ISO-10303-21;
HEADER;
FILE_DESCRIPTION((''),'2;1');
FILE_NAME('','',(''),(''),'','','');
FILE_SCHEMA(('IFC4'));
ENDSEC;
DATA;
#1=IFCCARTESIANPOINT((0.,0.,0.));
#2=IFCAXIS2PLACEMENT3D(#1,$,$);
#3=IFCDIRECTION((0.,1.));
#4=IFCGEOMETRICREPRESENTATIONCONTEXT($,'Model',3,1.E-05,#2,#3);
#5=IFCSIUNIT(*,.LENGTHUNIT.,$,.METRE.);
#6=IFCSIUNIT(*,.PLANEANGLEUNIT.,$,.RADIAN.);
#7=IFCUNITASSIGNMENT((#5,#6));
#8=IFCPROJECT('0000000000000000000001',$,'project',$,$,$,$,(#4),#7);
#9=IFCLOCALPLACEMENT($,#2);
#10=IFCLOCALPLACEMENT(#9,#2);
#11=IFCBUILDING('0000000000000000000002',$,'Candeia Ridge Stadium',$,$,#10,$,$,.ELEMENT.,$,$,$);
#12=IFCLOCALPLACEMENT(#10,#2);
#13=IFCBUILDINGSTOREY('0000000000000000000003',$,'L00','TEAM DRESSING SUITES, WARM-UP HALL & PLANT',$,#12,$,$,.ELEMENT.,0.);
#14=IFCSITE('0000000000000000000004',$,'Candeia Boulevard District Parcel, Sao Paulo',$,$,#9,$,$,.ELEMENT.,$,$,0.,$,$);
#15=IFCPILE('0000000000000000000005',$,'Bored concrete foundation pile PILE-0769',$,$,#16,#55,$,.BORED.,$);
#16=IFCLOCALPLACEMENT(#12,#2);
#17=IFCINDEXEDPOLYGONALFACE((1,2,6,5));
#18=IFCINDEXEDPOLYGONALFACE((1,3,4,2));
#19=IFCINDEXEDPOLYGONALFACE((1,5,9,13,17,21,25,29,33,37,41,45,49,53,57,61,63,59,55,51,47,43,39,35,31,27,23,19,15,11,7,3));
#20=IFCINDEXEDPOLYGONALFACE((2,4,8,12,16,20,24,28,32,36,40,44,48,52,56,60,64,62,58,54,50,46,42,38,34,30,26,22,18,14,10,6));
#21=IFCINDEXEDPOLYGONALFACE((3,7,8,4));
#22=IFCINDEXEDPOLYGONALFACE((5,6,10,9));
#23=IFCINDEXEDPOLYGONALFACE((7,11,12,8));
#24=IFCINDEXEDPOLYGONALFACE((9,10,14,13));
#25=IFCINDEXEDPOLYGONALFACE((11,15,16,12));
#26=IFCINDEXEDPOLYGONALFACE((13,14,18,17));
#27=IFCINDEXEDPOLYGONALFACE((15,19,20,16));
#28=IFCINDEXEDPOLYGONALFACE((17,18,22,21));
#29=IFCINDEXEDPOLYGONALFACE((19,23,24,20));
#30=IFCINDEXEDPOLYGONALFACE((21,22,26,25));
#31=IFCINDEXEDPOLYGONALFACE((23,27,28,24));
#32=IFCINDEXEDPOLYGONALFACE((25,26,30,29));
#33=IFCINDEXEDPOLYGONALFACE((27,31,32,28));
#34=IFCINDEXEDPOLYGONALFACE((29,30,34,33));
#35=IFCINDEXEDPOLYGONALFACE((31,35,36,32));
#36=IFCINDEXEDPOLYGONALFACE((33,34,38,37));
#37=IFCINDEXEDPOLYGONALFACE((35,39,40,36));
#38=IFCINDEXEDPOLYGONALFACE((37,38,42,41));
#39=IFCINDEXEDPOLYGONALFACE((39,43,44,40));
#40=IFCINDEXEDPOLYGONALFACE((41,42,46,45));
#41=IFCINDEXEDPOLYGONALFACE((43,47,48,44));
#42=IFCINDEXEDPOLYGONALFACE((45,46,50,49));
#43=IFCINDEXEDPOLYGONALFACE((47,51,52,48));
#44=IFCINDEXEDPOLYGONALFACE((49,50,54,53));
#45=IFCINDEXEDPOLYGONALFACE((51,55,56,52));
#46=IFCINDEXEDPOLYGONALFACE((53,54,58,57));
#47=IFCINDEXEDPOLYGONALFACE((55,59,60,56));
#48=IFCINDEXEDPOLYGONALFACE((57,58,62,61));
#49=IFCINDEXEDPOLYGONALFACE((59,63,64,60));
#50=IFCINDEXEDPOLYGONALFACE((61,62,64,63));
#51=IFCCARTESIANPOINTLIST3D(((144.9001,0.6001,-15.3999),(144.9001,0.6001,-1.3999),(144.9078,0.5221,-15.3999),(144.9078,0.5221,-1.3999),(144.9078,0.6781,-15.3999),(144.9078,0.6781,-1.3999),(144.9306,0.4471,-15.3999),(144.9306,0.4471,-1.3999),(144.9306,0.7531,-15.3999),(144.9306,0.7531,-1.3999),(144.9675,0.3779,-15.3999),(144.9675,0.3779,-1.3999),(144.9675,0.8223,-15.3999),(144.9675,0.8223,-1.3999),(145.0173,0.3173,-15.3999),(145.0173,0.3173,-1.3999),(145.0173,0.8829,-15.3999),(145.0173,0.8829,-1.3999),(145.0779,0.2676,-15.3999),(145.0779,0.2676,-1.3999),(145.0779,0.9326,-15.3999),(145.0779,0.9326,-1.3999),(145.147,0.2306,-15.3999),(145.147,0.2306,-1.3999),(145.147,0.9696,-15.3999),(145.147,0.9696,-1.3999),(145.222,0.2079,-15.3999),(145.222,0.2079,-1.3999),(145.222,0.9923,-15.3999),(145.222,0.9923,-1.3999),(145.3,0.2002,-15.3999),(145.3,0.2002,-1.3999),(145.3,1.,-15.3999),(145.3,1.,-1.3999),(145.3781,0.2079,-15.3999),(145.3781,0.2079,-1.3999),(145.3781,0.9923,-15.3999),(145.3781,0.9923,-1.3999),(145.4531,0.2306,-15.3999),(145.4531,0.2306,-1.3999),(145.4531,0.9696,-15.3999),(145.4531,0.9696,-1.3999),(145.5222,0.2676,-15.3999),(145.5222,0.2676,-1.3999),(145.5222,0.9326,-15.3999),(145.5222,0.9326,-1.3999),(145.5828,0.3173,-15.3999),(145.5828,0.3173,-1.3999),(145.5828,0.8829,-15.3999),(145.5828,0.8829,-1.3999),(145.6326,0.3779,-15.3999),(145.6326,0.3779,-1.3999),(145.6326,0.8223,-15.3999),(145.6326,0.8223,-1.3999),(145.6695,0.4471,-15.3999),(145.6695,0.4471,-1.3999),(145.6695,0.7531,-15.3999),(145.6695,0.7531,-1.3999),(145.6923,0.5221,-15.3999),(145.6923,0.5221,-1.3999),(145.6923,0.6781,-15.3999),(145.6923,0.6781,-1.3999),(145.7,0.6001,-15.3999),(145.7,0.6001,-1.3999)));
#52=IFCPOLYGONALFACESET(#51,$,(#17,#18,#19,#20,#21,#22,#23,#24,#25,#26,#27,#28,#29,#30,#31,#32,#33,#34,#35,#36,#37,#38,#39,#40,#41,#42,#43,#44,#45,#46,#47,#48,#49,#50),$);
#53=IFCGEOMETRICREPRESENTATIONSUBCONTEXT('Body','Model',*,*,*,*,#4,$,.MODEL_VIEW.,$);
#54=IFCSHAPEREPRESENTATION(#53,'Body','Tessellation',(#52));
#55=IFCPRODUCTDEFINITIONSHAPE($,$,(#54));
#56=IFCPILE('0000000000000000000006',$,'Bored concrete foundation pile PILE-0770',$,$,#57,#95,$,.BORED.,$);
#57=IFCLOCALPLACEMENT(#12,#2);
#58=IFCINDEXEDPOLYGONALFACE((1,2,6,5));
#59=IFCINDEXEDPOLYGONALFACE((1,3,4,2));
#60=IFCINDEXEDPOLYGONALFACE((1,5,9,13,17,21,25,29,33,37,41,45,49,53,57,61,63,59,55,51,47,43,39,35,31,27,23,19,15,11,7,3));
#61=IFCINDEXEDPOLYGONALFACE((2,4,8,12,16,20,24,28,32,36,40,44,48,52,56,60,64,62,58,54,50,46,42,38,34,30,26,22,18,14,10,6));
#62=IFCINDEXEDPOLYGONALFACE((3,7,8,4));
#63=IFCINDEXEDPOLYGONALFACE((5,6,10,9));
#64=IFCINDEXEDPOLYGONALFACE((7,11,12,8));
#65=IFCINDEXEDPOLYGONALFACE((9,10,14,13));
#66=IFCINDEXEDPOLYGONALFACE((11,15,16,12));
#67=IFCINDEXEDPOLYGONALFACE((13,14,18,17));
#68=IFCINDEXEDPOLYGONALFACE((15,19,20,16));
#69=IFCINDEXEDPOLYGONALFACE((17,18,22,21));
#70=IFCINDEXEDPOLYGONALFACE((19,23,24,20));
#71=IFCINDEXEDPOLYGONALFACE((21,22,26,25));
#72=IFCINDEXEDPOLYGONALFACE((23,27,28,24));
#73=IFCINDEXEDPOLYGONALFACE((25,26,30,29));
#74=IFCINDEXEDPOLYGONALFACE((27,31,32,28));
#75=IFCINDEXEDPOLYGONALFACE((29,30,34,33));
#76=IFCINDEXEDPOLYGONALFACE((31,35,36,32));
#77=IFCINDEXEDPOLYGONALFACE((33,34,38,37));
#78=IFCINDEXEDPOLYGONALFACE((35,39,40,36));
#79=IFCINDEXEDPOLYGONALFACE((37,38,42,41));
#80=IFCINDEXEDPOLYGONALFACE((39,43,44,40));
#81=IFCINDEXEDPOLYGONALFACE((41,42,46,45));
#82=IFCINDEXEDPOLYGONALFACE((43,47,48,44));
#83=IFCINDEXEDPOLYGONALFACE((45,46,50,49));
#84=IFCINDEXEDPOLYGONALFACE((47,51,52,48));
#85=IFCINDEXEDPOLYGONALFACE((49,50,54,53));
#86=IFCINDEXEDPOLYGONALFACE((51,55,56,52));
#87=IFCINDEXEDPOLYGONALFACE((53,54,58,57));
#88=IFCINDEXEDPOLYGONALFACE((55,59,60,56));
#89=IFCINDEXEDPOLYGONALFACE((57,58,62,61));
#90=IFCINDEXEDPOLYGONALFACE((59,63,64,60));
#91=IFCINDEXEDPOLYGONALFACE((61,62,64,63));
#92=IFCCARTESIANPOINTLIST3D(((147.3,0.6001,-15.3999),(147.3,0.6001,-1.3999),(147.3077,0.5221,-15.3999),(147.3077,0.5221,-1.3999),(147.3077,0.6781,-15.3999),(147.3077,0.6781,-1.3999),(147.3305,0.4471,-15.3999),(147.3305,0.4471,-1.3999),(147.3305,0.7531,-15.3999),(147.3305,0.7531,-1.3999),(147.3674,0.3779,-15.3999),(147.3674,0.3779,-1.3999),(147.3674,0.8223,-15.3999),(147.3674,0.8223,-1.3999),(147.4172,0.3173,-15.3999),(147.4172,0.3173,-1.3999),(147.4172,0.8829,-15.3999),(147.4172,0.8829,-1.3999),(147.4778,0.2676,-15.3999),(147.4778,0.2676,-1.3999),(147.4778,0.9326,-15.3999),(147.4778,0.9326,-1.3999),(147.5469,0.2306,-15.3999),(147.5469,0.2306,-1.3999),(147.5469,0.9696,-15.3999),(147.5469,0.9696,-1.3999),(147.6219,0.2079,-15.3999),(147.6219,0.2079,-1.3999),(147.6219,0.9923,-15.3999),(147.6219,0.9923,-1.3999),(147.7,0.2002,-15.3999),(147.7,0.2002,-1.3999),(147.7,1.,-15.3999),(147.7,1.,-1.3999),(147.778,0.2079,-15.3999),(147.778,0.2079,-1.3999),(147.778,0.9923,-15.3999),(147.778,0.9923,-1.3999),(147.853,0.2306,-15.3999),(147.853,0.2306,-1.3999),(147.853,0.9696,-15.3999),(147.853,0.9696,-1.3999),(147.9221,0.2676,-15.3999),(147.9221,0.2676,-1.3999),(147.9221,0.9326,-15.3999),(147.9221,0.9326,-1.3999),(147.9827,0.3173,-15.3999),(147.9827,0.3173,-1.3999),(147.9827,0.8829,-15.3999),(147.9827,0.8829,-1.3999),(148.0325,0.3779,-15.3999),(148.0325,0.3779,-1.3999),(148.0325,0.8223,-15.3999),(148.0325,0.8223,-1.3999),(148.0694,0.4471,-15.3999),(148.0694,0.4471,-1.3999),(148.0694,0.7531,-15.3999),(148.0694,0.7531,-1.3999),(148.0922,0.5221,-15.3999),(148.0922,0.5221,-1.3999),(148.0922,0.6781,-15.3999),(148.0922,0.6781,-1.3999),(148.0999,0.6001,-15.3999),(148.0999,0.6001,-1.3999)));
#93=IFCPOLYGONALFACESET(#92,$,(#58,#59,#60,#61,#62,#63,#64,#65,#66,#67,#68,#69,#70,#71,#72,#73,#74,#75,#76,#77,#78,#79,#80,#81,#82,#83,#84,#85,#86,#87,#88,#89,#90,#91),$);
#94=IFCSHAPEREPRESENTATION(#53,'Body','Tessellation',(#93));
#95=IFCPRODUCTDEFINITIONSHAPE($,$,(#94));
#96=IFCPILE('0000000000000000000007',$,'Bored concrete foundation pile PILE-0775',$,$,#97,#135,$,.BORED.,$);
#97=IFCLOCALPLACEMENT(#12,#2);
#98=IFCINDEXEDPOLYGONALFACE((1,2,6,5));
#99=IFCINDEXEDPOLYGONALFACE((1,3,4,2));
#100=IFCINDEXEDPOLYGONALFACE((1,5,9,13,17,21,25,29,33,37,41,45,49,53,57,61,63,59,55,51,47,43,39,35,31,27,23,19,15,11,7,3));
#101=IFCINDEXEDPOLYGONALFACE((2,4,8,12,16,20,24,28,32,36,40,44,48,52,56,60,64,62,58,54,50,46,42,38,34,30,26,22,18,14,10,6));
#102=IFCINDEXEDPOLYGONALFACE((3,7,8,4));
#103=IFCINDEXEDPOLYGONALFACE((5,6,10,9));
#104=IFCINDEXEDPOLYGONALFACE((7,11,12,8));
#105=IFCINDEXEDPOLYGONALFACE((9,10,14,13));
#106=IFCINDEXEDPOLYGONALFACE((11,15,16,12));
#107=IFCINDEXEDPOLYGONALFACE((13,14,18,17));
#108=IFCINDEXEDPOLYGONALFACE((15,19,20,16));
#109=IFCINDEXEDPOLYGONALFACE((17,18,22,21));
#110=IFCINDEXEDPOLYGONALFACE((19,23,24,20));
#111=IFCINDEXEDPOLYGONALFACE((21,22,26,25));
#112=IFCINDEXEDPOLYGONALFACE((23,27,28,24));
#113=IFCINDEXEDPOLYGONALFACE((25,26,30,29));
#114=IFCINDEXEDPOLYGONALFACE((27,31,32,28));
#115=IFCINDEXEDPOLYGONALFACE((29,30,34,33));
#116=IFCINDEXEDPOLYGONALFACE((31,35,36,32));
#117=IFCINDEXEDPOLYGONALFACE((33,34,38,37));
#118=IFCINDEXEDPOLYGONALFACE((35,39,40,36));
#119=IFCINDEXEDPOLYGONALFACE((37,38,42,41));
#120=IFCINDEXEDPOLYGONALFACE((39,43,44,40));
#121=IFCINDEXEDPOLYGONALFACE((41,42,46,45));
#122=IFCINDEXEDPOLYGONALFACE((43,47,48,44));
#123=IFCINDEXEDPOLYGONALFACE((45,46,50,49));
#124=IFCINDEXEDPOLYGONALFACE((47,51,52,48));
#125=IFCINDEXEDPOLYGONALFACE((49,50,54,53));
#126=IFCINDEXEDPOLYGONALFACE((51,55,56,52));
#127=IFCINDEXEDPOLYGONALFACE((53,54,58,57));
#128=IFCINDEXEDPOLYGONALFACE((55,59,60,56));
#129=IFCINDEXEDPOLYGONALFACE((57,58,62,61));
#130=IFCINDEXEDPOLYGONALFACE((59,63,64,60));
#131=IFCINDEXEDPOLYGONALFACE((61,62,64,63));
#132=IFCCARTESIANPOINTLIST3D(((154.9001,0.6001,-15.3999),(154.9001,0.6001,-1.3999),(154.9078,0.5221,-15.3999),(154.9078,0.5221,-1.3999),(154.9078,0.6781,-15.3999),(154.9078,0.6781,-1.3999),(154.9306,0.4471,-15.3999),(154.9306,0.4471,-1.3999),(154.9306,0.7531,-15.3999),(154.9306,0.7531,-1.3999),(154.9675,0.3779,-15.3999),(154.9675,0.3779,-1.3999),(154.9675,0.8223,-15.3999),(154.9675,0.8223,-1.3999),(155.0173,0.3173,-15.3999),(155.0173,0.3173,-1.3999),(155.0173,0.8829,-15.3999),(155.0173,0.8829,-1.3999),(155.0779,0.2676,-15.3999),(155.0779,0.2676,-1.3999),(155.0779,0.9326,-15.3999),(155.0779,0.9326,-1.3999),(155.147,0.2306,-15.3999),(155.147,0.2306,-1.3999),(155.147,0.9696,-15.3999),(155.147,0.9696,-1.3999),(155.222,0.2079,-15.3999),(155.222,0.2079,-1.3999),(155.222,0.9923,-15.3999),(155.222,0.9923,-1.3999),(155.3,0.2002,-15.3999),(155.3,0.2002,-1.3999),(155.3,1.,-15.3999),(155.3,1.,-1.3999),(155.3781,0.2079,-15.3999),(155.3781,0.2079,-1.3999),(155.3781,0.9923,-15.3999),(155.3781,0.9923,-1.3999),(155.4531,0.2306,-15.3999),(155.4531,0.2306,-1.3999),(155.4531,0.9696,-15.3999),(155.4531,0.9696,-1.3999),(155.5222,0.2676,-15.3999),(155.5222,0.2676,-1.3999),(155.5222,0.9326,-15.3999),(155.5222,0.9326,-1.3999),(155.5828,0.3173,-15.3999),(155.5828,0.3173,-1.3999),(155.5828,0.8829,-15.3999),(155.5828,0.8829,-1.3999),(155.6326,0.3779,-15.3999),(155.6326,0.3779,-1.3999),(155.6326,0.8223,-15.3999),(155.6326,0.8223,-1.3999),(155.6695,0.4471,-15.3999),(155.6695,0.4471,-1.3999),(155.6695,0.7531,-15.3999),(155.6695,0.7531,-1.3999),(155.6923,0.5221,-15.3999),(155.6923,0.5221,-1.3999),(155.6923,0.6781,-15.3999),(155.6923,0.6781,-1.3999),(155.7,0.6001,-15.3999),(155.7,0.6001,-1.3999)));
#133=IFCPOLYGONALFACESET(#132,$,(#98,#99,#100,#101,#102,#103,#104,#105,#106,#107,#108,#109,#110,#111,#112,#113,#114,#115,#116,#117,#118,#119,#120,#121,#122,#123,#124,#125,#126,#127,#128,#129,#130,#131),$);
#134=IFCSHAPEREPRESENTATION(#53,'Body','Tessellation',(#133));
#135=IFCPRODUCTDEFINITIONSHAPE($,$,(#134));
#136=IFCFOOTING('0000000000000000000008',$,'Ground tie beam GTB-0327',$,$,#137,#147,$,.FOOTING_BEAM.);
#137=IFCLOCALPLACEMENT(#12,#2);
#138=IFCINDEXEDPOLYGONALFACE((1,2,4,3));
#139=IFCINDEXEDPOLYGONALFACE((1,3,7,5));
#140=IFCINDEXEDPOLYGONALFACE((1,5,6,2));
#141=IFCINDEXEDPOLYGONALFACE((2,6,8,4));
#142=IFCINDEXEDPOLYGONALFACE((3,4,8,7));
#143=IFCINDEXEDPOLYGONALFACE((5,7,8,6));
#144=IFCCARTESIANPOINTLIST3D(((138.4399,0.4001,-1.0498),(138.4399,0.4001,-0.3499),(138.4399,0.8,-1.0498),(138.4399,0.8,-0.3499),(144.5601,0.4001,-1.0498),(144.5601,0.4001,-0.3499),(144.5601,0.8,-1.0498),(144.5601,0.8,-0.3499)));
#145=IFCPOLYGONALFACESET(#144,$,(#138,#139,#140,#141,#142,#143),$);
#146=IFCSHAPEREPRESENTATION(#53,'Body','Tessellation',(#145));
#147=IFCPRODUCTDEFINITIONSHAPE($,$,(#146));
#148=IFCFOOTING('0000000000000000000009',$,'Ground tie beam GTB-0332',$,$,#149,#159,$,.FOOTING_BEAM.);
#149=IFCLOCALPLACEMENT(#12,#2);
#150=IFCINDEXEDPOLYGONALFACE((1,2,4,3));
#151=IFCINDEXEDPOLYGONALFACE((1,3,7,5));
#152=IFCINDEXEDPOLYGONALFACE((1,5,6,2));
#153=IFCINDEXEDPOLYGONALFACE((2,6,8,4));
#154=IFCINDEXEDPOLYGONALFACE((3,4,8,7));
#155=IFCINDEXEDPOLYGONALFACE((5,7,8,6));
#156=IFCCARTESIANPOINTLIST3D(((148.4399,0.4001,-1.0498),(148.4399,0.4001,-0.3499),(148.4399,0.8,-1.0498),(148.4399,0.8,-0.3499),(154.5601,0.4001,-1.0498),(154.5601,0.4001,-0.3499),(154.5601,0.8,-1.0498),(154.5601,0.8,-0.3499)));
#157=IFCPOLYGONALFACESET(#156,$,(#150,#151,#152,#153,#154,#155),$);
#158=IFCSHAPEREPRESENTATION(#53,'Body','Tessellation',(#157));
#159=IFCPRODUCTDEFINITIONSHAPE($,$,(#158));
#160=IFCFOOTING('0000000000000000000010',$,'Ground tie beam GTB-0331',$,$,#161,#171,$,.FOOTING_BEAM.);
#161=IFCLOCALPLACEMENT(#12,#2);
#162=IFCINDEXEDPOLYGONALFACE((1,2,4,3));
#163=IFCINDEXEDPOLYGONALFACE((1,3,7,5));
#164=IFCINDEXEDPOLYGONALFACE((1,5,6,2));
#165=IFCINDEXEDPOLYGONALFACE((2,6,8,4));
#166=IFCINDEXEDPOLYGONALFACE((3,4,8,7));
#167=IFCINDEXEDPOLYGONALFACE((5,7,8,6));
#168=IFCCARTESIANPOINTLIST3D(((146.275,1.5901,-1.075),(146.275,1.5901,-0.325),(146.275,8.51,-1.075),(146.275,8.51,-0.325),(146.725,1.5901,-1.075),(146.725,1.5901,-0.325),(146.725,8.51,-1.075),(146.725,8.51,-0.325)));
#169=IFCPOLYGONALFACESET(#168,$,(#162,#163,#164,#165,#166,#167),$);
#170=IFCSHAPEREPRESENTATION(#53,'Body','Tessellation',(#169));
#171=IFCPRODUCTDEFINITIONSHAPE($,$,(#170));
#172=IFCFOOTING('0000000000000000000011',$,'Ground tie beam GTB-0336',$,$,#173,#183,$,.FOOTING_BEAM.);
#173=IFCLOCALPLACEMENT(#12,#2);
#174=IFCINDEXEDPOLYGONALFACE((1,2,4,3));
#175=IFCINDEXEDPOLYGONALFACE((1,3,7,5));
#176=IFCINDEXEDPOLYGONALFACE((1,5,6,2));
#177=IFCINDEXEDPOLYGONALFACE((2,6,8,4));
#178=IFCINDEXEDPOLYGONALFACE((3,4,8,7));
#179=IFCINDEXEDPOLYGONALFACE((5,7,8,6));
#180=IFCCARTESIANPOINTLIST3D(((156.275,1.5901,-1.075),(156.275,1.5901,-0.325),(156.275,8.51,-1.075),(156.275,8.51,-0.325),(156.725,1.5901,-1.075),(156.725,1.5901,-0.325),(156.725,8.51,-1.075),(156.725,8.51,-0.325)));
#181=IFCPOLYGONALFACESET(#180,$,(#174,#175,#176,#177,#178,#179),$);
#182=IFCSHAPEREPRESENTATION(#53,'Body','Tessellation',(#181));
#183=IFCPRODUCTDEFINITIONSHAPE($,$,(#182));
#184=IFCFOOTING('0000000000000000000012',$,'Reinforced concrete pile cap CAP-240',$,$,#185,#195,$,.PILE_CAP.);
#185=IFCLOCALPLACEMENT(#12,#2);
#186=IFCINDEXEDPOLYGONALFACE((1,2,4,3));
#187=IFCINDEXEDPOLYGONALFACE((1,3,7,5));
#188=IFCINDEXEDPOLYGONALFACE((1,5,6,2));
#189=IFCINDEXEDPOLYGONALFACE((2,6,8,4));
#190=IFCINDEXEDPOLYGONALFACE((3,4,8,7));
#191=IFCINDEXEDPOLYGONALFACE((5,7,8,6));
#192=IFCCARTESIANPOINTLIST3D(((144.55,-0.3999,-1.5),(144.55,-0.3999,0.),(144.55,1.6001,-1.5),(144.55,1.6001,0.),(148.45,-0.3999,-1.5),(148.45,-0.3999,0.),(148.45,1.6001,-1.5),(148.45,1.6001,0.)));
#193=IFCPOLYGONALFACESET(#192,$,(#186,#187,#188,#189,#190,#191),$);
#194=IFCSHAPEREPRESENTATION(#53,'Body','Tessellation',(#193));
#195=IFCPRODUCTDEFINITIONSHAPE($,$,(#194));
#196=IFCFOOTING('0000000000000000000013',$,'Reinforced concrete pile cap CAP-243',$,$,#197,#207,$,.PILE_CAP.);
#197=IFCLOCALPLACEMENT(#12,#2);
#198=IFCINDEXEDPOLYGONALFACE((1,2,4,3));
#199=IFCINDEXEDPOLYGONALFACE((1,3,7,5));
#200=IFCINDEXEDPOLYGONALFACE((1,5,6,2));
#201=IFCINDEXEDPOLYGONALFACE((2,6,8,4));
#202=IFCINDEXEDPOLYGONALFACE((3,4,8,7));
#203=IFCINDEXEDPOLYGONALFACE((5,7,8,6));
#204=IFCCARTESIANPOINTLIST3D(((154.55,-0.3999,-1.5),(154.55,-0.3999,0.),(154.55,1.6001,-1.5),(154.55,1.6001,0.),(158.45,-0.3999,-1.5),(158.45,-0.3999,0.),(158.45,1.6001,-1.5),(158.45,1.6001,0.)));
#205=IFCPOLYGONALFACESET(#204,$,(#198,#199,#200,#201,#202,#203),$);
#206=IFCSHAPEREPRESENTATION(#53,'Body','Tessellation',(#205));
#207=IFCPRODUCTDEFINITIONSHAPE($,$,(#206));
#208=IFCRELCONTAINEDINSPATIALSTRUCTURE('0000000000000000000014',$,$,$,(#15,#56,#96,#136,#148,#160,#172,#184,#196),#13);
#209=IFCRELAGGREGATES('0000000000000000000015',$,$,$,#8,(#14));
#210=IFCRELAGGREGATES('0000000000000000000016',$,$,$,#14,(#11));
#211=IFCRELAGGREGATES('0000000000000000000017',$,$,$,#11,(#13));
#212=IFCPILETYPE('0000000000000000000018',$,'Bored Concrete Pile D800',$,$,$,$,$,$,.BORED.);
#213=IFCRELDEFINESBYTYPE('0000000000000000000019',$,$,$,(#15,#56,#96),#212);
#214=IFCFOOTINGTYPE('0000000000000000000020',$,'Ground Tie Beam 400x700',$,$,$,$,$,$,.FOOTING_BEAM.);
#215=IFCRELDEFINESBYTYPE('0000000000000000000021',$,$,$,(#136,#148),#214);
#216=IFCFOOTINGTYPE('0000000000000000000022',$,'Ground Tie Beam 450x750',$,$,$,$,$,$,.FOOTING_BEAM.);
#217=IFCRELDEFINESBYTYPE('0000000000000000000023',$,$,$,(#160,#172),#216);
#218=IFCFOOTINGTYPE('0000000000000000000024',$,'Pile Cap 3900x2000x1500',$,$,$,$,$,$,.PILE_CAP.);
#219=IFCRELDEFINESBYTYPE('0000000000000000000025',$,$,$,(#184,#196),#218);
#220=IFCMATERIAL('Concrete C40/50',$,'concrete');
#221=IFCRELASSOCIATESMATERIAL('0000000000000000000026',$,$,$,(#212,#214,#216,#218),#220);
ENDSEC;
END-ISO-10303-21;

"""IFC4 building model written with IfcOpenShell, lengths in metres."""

from ifc_helpers import new_model, si_unit, direction, frame, origin, origin_2d, place, context, subcontext, project, spatial, rectangle, circle, extrude, material, material_profile, profile_set, type_object, element, save


model = new_model("IFC4")

# Units and contexts
model_context = context("Model", 3, precision=1e-05, world=origin(), true_north=direction((0.0, 1.0)))
body_context = subcontext(model_context, "Body", "Model", "MODEL_VIEW")
ifc_project = project(units=[si_unit("LENGTHUNIT", "METRE"), si_unit("PLANEANGLEUNIT", "RADIAN")], contexts=[model_context])

# Site, building, storey
site_placement = place(None, origin())
site = spatial("IfcSite", under=ifc_project, at=site_placement, Name="Candeia Boulevard District Parcel, Sao Paulo", CompositionType="ELEMENT", RefElevation=0.0)
building_placement = place(site_placement, origin())
building = spatial("IfcBuilding", under=site, at=building_placement, Name="Candeia Ridge Stadium", CompositionType="ELEMENT")
storey_placement = place(building_placement, origin())
storey = spatial("IfcBuildingStorey", under=building, at=storey_placement, Name="L00", Description="TEAM DRESSING SUITES, WARM-UP HALL & PLANT", CompositionType="ELEMENT", Elevation=0.0)

# Piles
ifc_material_1 = material(Name="Concrete C40/50", Category="concrete")
ifc_material_profile_1 = material_profile(ifc_material_1, circle(Radius=0.3999, at=origin_2d()), Name="PILE-D800", Category="concrete")
ifc_profile_set_1 = profile_set([ifc_material_profile_1], Name="Concrete C40/50")
pile_type = type_object("IfcPileType", Name="Bored Concrete Pile D800", PredefinedType="BORED", material=ifc_profile_set_1)
for number, where, z_axis, x_axis, name in (
    (1, (145.3, 0.6001, -1.3999), (0.0, 0.0, -1.0), (1.0, 0.0, 0.0), "Bored concrete foundation pile PILE-0769"),
    (2, (147.7, 0.6001, -1.3999), (0.0, 0.0, -1.0), (1.0, 0.0, 0.0), "Bored concrete foundation pile PILE-0770"),
    (3, (155.3, 0.6001, -1.3999), (0.0, 0.0, -1.0), (1.0, 0.0, 0.0), "Bored concrete foundation pile PILE-0775"),
):
    element("IfcPile", number, at=place(storey_placement, frame(where, z_axis=z_axis, x_axis=x_axis)), inside=storey, type_object=pile_type, Name=name, PredefinedType="BORED", context=body_context, shape_type="SweptSolid", body=[
        extrude(circle(Radius=0.3999, at=origin_2d()), origin(), (0.0, 0.0, 1.0), 14.0),
    ])

# Footings
footing_type_1 = type_object("IfcFootingType", Name="Ground Tie Beam 400x700", PredefinedType="FOOTING_BEAM", material=ifc_material_1)
for number, where, z_axis, x_axis, name in (
    (4, (141.5, 0.6001, -1.0498), (0.0, 0.0, 1.0), (1.0, 0.0, 0.0), "Ground tie beam GTB-0327"),
    (5, (151.5, 0.6001, -1.0498), (0.0, 0.0, 1.0), (1.0, 0.0, 0.0), "Ground tie beam GTB-0332"),
):
    element("IfcFooting", number, at=place(storey_placement, frame(where, z_axis=z_axis, x_axis=x_axis)), inside=storey, type_object=footing_type_1, Name=name, PredefinedType="FOOTING_BEAM", context=body_context, shape_type="SweptSolid", body=[
        extrude(rectangle(XDim=6.1201, YDim=0.3999, at=origin_2d()), origin(), (0.0, 0.0, 1.0), 0.7),
    ])
footing_type_2 = type_object("IfcFootingType", Name="Ground Tie Beam 450x750", PredefinedType="FOOTING_BEAM", material=ifc_material_1)
for number, where, z_axis, x_axis, name in (
    (6, (146.5, 5.05, -1.075), (0.0, 0.0, 1.0), (0.0, 1.0, 0.0), "Ground tie beam GTB-0331"),
    (7, (156.5, 5.05, -1.075), (0.0, 0.0, 1.0), (0.0, 1.0, 0.0), "Ground tie beam GTB-0336"),
):
    element("IfcFooting", number, at=place(storey_placement, frame(where, z_axis=z_axis, x_axis=x_axis)), inside=storey, type_object=footing_type_2, Name=name, PredefinedType="FOOTING_BEAM", context=body_context, shape_type="SweptSolid", body=[
        extrude(rectangle(XDim=6.9199, YDim=0.45, at=origin_2d()), origin(), (0.0, 0.0, 1.0), 0.75),
    ])
footing_type_3 = type_object("IfcFootingType", Name="Pile Cap 3900x2000x1500", PredefinedType="PILE_CAP", material=ifc_material_1)
for number, where, z_axis, x_axis, name in (
    (8, (146.5, 0.6001, -1.5), (0.0, 0.0, 1.0), (1.0, 0.0, 0.0), "Reinforced concrete pile cap CAP-240"),
    (9, (156.5, 0.6001, -1.5), (0.0, 0.0, 1.0), (1.0, 0.0, 0.0), "Reinforced concrete pile cap CAP-243"),
):
    element("IfcFooting", number, at=place(storey_placement, frame(where, z_axis=z_axis, x_axis=x_axis)), inside=storey, type_object=footing_type_3, Name=name, PredefinedType="PILE_CAP", context=body_context, shape_type="SweptSolid", body=[
        extrude(rectangle(XDim=3.8999, YDim=2.0, at=origin_2d()), origin(), (0.0, 0.0, 1.0), 1.5),
    ])

save(model, "model.ifc")
